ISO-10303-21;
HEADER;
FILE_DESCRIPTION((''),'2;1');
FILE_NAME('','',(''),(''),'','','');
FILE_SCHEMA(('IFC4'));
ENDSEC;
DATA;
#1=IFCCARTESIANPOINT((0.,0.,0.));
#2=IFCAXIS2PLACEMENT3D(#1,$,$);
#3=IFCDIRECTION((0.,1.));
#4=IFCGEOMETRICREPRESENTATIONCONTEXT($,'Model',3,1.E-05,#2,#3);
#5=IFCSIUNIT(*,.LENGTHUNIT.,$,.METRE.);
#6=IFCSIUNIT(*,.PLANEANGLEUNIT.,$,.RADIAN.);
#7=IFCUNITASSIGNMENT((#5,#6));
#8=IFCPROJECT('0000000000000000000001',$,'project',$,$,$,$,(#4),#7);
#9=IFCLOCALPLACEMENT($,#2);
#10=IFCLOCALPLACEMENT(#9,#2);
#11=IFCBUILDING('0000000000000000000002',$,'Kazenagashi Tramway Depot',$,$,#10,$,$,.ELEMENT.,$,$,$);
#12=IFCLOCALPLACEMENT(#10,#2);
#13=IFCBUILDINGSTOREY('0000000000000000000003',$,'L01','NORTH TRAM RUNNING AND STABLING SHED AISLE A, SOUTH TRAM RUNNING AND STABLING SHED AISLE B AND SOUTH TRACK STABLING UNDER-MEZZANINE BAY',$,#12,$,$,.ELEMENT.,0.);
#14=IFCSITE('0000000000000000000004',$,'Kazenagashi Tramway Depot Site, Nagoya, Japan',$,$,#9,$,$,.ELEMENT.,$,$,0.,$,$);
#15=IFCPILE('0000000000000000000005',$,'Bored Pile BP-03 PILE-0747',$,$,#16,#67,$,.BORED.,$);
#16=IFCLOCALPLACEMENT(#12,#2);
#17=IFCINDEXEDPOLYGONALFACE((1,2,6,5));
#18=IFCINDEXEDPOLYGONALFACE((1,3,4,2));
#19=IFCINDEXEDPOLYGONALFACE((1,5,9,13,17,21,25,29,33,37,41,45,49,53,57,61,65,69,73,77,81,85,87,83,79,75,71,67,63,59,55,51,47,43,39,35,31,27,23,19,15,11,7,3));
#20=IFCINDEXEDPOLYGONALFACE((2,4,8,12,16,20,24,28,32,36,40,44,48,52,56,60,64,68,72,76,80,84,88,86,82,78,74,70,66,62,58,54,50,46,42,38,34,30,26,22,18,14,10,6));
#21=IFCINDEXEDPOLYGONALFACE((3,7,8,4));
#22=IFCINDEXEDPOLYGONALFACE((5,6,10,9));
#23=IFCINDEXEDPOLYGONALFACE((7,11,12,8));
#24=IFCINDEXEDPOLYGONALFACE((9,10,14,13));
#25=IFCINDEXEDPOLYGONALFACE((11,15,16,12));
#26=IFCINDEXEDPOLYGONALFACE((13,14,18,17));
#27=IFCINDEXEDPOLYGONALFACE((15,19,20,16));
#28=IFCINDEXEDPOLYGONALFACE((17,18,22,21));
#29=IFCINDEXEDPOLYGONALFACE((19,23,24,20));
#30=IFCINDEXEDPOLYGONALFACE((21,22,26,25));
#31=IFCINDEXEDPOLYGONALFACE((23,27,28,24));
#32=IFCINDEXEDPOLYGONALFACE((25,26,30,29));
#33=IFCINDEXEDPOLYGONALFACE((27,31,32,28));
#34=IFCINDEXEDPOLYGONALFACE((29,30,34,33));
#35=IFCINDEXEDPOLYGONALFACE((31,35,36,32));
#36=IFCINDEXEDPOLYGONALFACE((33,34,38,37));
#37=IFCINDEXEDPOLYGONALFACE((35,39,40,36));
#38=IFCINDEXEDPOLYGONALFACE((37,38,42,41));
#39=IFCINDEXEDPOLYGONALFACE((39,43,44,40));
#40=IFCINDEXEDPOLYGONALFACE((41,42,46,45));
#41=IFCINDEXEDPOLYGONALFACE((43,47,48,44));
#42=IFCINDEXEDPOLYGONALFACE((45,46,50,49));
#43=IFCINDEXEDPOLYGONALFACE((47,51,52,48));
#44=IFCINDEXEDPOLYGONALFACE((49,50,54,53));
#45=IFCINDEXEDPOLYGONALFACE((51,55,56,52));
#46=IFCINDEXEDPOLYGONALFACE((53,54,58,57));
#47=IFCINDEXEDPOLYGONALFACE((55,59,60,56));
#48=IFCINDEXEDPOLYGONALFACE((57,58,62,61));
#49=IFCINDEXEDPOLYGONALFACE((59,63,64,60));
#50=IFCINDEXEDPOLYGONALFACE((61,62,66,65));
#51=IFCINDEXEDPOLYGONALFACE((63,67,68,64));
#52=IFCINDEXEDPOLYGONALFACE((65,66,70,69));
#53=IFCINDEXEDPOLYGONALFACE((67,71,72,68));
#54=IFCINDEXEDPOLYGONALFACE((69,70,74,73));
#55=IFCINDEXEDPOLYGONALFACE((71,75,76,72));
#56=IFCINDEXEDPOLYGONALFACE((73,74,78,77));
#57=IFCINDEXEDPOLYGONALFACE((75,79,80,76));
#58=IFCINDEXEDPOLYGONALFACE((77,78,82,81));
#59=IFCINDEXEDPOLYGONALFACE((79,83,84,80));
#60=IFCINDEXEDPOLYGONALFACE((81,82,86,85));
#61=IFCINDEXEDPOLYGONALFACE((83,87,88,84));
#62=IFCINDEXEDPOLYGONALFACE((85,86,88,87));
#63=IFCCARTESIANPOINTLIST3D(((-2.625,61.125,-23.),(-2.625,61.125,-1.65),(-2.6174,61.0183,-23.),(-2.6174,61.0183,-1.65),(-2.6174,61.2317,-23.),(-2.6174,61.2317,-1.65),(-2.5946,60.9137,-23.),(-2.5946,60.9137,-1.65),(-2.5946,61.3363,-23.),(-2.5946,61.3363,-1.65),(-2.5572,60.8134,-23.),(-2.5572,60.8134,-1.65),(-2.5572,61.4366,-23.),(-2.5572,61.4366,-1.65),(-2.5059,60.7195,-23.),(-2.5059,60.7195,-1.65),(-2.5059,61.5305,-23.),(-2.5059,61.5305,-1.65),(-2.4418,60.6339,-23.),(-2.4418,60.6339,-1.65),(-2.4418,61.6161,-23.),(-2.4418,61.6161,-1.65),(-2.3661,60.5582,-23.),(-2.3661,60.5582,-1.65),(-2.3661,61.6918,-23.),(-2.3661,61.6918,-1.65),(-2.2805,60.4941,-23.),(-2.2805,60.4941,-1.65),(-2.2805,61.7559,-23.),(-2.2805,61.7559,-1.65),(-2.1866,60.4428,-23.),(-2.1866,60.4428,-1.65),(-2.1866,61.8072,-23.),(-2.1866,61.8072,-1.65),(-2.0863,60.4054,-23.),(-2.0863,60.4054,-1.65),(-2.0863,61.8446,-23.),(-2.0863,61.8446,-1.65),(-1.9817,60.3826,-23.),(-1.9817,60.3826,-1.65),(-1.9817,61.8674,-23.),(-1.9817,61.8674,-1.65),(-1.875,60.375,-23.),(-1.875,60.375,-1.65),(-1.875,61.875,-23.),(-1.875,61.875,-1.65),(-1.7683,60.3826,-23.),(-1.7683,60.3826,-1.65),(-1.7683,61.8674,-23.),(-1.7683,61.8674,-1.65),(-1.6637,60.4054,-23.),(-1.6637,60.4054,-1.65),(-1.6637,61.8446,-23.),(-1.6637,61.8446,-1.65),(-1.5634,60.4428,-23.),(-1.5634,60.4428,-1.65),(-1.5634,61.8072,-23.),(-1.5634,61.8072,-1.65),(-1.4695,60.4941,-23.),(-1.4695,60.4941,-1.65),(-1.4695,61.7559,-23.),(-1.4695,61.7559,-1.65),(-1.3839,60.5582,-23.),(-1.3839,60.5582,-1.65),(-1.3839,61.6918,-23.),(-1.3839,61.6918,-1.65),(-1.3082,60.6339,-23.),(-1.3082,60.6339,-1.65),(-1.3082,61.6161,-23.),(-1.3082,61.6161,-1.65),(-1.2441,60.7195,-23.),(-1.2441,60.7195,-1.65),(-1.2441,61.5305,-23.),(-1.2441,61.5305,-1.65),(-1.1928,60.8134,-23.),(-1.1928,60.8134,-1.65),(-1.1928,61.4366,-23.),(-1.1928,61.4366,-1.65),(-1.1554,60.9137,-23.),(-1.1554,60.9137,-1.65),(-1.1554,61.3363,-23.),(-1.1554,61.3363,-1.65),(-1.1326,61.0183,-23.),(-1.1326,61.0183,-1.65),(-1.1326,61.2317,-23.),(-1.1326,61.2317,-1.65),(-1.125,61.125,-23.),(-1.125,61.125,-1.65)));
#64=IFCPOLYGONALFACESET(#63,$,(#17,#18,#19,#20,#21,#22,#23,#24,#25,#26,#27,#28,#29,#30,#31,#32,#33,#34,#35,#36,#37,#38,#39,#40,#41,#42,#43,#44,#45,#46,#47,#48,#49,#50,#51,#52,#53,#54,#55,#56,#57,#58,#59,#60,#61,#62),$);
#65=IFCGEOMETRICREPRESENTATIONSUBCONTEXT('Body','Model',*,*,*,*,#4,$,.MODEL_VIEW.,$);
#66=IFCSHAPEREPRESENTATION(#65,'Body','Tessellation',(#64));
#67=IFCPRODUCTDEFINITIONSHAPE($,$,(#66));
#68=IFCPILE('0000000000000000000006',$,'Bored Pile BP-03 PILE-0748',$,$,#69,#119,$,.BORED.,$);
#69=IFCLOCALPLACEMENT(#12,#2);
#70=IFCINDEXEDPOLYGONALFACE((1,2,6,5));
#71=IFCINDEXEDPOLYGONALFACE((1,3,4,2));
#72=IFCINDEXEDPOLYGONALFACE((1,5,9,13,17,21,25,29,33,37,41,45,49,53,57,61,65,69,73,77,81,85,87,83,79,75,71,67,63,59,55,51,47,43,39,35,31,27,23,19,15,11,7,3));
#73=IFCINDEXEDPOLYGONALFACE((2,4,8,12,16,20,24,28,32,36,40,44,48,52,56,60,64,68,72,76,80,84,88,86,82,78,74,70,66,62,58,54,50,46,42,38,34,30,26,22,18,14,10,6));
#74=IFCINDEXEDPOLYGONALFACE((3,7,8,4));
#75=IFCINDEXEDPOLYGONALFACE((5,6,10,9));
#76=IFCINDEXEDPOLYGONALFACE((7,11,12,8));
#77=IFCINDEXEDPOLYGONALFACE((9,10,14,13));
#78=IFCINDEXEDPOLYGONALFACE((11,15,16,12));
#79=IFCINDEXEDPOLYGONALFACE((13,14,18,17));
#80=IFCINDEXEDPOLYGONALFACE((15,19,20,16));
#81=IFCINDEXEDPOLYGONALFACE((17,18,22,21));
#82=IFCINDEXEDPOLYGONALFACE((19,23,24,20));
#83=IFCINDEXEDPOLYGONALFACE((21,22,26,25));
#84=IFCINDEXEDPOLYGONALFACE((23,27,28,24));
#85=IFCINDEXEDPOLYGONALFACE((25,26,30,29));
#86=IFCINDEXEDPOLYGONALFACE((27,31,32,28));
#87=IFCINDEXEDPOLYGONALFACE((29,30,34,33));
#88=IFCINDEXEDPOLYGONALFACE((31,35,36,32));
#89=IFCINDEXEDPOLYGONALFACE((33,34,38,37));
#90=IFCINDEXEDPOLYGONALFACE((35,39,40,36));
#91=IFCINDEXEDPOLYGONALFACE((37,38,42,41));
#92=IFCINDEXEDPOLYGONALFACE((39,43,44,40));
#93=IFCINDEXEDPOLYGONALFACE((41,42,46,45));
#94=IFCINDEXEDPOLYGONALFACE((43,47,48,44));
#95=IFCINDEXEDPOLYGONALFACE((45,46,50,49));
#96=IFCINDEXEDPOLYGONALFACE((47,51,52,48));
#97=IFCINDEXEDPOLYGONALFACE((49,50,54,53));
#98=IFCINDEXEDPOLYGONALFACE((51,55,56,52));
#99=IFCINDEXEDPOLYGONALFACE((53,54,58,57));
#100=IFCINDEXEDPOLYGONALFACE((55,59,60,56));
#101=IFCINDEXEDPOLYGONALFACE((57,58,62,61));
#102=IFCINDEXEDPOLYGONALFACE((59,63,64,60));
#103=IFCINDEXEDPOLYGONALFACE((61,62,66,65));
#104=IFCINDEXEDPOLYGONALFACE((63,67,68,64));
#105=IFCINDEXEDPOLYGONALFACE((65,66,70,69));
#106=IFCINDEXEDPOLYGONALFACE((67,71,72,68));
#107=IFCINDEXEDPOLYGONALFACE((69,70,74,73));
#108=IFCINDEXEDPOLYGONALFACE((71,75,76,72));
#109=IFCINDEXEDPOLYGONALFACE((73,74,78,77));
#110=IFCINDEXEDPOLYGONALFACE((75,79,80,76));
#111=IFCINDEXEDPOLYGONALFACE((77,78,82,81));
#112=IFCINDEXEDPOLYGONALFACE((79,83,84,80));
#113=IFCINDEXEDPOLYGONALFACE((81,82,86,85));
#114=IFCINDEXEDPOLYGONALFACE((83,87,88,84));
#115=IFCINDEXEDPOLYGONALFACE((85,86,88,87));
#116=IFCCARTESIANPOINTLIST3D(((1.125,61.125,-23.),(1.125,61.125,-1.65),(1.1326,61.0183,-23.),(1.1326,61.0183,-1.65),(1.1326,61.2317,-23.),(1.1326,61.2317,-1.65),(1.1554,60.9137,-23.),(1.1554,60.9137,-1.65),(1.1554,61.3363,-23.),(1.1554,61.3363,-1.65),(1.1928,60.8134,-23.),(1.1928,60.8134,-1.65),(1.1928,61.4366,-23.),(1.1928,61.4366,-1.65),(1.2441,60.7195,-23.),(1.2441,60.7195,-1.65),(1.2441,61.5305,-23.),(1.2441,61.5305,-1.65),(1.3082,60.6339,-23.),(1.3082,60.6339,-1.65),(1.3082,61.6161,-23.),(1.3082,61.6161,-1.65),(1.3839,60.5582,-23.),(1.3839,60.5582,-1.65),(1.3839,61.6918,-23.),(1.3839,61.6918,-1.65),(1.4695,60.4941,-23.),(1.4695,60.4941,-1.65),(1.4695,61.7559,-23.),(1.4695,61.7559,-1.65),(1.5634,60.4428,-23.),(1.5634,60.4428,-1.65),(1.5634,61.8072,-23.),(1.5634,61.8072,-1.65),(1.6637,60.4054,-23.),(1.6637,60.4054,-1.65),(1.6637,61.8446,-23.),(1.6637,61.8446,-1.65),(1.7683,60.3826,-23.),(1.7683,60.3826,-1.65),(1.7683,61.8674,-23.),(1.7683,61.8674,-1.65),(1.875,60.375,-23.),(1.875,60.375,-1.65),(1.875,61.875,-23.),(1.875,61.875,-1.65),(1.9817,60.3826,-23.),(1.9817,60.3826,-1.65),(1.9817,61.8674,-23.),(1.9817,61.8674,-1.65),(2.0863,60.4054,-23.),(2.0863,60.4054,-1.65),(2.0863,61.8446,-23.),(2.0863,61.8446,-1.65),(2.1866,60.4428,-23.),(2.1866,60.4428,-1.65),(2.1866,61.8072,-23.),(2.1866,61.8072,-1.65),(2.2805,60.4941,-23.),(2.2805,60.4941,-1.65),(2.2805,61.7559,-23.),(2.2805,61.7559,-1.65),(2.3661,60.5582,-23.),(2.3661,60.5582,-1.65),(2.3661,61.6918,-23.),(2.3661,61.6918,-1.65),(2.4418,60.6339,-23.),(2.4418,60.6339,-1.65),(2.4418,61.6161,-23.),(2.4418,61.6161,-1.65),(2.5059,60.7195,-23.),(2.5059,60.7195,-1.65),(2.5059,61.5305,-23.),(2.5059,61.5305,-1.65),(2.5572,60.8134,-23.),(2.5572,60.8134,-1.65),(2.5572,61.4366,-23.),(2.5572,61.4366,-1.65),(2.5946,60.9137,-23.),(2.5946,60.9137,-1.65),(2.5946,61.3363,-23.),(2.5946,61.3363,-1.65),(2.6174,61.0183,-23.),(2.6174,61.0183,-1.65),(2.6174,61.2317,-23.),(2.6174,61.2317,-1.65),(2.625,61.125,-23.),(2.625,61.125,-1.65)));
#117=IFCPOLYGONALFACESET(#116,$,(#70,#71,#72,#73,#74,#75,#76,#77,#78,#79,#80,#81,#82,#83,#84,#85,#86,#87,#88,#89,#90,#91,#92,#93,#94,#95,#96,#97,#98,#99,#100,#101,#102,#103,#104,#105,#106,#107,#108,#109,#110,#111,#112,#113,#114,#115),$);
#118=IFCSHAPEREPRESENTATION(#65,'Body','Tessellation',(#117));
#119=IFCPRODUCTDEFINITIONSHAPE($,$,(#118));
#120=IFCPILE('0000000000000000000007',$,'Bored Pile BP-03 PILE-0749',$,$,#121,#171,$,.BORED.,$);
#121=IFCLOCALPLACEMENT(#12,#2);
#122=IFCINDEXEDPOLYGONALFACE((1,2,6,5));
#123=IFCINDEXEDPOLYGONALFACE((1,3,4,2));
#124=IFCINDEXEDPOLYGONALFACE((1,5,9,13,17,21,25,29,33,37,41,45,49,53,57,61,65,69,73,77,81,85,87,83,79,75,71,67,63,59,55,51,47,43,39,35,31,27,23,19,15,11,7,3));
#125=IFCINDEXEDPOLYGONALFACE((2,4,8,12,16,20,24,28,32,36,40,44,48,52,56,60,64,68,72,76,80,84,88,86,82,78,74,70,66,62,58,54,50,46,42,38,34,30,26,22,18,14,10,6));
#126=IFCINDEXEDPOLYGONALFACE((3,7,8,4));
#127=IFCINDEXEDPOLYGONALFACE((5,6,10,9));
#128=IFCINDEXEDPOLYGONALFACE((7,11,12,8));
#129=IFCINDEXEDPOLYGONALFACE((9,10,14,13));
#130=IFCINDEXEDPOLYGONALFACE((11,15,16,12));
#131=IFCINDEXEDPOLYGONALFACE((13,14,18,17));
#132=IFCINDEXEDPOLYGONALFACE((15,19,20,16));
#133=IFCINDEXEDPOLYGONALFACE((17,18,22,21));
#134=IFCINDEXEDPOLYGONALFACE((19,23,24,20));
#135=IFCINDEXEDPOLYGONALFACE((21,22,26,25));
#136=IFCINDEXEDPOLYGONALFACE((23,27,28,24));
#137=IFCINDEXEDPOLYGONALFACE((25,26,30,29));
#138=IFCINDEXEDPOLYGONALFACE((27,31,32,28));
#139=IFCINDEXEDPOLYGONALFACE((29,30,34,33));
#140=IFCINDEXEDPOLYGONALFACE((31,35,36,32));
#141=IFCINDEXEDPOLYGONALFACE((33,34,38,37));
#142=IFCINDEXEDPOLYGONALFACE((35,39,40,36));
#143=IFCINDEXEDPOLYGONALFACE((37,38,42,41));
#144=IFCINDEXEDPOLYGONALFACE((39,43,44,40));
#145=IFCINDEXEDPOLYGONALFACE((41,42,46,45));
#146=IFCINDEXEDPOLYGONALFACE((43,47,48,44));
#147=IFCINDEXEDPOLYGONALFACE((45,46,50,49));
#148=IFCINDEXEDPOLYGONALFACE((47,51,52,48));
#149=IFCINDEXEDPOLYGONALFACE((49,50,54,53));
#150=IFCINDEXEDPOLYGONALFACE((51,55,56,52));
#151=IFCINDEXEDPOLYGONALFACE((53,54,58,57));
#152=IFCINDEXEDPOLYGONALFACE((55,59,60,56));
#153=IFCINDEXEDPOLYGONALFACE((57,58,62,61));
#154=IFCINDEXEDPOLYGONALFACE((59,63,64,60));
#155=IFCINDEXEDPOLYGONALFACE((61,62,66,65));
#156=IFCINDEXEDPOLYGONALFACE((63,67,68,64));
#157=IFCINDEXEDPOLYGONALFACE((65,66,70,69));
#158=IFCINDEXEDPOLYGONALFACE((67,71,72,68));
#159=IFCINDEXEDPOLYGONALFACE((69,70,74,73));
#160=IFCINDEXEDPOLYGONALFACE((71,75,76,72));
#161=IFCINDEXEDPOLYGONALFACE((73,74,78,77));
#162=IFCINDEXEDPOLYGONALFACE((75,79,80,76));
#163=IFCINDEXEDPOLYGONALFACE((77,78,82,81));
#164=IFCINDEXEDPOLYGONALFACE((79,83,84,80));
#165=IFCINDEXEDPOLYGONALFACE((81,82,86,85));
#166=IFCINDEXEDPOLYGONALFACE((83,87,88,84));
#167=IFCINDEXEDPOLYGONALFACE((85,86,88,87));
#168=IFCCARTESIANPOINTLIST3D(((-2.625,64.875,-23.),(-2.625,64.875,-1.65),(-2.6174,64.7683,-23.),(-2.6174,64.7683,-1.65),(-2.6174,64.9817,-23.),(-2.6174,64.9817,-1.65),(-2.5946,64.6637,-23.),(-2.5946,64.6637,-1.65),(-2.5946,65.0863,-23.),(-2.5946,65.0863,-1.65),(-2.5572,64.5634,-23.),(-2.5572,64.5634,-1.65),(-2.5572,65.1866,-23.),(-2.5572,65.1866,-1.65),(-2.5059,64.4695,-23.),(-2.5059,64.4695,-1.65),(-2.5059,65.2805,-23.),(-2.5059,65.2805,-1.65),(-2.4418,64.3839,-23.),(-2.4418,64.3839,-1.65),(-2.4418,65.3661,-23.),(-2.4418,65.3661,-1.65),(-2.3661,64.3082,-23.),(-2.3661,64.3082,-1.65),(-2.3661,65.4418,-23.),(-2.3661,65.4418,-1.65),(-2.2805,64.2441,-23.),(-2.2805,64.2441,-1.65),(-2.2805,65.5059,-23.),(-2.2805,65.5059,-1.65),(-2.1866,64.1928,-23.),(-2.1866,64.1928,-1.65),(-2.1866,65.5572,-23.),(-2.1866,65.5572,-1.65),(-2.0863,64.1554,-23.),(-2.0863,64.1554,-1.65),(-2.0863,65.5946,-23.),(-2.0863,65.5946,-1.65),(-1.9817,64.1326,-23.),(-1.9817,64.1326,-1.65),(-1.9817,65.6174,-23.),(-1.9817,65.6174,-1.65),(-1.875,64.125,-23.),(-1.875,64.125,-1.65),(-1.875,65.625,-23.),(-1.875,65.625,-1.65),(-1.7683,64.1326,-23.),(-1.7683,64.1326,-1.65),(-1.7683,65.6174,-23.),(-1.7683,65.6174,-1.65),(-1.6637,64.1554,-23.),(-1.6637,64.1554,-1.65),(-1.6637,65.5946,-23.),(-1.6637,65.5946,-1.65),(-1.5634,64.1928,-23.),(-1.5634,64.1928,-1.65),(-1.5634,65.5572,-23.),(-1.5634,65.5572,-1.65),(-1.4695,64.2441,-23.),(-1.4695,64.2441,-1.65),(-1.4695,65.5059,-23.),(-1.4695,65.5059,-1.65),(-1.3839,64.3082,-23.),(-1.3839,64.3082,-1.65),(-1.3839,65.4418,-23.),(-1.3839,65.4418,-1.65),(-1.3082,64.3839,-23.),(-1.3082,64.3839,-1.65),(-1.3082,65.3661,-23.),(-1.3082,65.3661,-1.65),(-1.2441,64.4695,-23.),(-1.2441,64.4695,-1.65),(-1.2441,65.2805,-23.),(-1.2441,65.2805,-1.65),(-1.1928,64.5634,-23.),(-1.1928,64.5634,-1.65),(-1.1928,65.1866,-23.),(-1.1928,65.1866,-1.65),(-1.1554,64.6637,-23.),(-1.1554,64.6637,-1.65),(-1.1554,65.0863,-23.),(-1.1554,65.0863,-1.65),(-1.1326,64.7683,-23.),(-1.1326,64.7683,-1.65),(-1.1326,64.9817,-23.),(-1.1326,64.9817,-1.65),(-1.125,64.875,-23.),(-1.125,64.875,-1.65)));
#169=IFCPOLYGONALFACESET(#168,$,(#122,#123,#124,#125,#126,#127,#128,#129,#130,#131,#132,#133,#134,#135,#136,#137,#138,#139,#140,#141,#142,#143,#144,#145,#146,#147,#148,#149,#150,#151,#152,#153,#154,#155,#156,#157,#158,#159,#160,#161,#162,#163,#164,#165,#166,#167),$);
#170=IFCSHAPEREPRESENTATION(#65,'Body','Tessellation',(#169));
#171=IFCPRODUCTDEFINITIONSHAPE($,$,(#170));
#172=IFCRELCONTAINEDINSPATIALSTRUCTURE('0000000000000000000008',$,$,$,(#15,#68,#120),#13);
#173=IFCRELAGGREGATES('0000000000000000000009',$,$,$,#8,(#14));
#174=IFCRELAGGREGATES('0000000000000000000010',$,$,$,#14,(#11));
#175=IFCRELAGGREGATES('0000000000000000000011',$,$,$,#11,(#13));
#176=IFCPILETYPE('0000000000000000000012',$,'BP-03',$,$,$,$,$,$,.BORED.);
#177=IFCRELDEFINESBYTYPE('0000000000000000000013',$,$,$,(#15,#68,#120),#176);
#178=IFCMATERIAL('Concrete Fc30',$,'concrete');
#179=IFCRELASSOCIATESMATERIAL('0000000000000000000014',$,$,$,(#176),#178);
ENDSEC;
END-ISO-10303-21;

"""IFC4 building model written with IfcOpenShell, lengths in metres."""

from ifc_helpers import new_model, si_unit, direction, frame, origin, origin_2d, place, context, subcontext, project, spatial, circle, extrude, material, material_profile, profile_set, type_object, element, save


model = new_model("IFC4")

# Units and contexts
model_context = context("Model", 3, precision=1e-05, world=origin(), true_north=direction((0.0, 1.0)))
body_context = subcontext(model_context, "Body", "Model", "MODEL_VIEW")
ifc_project = project(units=[si_unit("LENGTHUNIT", "METRE"), si_unit("PLANEANGLEUNIT", "RADIAN")], contexts=[model_context])

# Site, building, storey
site_placement = place(None, origin())
site = spatial("IfcSite", under=ifc_project, at=site_placement, Name="Kazenagashi Tramway Depot Site, Nagoya, Japan", CompositionType="ELEMENT", RefElevation=0.0)
building_placement = place(site_placement, origin())
building = spatial("IfcBuilding", under=site, at=building_placement, Name="Kazenagashi Tramway Depot", CompositionType="ELEMENT")
storey_placement = place(building_placement, origin())
storey = spatial("IfcBuildingStorey", under=building, at=storey_placement, Name="L01", Description="NORTH TRAM RUNNING AND STABLING SHED AISLE A, SOUTH TRAM RUNNING AND STABLING SHED AISLE B AND SOUTH TRACK STABLING UNDER-MEZZANINE BAY", CompositionType="ELEMENT", Elevation=0.0)

# Piles
ifc_material_1 = material(Name="Concrete Fc30", Category="concrete")
ifc_material_profile_1 = material_profile(ifc_material_1, circle(Radius=0.75, at=origin_2d()), Name="PILE-1500")
ifc_profile_set_1 = profile_set([ifc_material_profile_1], Name="Concrete Fc30")
pile_type = type_object("IfcPileType", Name="BP-03", PredefinedType="BORED", material=ifc_profile_set_1)
for number, where, z_axis, x_axis, name in (
    (1, (-1.875, 61.125, -1.65), (0.0, 0.0, -1.0), (1.0, 0.0, 0.0), "Bored Pile BP-03 PILE-0747"),
    (2, (1.875, 61.125, -1.65), (0.0, 0.0, -1.0), (1.0, 0.0, 0.0), "Bored Pile BP-03 PILE-0748"),
    (3, (-1.875, 64.875, -1.65), (0.0, 0.0, -1.0), (1.0, 0.0, 0.0), "Bored Pile BP-03 PILE-0749"),
):
    element("IfcPile", number, at=place(storey_placement, frame(where, z_axis=z_axis, x_axis=x_axis)), inside=storey, type_object=pile_type, Name=name, PredefinedType="BORED", context=body_context, shape_type="SweptSolid", body=[
        extrude(circle(Radius=0.75, at=origin_2d()), origin(), (0.0, 0.0, 1.0), 21.35),
    ])

save(model, "model.ifc")
